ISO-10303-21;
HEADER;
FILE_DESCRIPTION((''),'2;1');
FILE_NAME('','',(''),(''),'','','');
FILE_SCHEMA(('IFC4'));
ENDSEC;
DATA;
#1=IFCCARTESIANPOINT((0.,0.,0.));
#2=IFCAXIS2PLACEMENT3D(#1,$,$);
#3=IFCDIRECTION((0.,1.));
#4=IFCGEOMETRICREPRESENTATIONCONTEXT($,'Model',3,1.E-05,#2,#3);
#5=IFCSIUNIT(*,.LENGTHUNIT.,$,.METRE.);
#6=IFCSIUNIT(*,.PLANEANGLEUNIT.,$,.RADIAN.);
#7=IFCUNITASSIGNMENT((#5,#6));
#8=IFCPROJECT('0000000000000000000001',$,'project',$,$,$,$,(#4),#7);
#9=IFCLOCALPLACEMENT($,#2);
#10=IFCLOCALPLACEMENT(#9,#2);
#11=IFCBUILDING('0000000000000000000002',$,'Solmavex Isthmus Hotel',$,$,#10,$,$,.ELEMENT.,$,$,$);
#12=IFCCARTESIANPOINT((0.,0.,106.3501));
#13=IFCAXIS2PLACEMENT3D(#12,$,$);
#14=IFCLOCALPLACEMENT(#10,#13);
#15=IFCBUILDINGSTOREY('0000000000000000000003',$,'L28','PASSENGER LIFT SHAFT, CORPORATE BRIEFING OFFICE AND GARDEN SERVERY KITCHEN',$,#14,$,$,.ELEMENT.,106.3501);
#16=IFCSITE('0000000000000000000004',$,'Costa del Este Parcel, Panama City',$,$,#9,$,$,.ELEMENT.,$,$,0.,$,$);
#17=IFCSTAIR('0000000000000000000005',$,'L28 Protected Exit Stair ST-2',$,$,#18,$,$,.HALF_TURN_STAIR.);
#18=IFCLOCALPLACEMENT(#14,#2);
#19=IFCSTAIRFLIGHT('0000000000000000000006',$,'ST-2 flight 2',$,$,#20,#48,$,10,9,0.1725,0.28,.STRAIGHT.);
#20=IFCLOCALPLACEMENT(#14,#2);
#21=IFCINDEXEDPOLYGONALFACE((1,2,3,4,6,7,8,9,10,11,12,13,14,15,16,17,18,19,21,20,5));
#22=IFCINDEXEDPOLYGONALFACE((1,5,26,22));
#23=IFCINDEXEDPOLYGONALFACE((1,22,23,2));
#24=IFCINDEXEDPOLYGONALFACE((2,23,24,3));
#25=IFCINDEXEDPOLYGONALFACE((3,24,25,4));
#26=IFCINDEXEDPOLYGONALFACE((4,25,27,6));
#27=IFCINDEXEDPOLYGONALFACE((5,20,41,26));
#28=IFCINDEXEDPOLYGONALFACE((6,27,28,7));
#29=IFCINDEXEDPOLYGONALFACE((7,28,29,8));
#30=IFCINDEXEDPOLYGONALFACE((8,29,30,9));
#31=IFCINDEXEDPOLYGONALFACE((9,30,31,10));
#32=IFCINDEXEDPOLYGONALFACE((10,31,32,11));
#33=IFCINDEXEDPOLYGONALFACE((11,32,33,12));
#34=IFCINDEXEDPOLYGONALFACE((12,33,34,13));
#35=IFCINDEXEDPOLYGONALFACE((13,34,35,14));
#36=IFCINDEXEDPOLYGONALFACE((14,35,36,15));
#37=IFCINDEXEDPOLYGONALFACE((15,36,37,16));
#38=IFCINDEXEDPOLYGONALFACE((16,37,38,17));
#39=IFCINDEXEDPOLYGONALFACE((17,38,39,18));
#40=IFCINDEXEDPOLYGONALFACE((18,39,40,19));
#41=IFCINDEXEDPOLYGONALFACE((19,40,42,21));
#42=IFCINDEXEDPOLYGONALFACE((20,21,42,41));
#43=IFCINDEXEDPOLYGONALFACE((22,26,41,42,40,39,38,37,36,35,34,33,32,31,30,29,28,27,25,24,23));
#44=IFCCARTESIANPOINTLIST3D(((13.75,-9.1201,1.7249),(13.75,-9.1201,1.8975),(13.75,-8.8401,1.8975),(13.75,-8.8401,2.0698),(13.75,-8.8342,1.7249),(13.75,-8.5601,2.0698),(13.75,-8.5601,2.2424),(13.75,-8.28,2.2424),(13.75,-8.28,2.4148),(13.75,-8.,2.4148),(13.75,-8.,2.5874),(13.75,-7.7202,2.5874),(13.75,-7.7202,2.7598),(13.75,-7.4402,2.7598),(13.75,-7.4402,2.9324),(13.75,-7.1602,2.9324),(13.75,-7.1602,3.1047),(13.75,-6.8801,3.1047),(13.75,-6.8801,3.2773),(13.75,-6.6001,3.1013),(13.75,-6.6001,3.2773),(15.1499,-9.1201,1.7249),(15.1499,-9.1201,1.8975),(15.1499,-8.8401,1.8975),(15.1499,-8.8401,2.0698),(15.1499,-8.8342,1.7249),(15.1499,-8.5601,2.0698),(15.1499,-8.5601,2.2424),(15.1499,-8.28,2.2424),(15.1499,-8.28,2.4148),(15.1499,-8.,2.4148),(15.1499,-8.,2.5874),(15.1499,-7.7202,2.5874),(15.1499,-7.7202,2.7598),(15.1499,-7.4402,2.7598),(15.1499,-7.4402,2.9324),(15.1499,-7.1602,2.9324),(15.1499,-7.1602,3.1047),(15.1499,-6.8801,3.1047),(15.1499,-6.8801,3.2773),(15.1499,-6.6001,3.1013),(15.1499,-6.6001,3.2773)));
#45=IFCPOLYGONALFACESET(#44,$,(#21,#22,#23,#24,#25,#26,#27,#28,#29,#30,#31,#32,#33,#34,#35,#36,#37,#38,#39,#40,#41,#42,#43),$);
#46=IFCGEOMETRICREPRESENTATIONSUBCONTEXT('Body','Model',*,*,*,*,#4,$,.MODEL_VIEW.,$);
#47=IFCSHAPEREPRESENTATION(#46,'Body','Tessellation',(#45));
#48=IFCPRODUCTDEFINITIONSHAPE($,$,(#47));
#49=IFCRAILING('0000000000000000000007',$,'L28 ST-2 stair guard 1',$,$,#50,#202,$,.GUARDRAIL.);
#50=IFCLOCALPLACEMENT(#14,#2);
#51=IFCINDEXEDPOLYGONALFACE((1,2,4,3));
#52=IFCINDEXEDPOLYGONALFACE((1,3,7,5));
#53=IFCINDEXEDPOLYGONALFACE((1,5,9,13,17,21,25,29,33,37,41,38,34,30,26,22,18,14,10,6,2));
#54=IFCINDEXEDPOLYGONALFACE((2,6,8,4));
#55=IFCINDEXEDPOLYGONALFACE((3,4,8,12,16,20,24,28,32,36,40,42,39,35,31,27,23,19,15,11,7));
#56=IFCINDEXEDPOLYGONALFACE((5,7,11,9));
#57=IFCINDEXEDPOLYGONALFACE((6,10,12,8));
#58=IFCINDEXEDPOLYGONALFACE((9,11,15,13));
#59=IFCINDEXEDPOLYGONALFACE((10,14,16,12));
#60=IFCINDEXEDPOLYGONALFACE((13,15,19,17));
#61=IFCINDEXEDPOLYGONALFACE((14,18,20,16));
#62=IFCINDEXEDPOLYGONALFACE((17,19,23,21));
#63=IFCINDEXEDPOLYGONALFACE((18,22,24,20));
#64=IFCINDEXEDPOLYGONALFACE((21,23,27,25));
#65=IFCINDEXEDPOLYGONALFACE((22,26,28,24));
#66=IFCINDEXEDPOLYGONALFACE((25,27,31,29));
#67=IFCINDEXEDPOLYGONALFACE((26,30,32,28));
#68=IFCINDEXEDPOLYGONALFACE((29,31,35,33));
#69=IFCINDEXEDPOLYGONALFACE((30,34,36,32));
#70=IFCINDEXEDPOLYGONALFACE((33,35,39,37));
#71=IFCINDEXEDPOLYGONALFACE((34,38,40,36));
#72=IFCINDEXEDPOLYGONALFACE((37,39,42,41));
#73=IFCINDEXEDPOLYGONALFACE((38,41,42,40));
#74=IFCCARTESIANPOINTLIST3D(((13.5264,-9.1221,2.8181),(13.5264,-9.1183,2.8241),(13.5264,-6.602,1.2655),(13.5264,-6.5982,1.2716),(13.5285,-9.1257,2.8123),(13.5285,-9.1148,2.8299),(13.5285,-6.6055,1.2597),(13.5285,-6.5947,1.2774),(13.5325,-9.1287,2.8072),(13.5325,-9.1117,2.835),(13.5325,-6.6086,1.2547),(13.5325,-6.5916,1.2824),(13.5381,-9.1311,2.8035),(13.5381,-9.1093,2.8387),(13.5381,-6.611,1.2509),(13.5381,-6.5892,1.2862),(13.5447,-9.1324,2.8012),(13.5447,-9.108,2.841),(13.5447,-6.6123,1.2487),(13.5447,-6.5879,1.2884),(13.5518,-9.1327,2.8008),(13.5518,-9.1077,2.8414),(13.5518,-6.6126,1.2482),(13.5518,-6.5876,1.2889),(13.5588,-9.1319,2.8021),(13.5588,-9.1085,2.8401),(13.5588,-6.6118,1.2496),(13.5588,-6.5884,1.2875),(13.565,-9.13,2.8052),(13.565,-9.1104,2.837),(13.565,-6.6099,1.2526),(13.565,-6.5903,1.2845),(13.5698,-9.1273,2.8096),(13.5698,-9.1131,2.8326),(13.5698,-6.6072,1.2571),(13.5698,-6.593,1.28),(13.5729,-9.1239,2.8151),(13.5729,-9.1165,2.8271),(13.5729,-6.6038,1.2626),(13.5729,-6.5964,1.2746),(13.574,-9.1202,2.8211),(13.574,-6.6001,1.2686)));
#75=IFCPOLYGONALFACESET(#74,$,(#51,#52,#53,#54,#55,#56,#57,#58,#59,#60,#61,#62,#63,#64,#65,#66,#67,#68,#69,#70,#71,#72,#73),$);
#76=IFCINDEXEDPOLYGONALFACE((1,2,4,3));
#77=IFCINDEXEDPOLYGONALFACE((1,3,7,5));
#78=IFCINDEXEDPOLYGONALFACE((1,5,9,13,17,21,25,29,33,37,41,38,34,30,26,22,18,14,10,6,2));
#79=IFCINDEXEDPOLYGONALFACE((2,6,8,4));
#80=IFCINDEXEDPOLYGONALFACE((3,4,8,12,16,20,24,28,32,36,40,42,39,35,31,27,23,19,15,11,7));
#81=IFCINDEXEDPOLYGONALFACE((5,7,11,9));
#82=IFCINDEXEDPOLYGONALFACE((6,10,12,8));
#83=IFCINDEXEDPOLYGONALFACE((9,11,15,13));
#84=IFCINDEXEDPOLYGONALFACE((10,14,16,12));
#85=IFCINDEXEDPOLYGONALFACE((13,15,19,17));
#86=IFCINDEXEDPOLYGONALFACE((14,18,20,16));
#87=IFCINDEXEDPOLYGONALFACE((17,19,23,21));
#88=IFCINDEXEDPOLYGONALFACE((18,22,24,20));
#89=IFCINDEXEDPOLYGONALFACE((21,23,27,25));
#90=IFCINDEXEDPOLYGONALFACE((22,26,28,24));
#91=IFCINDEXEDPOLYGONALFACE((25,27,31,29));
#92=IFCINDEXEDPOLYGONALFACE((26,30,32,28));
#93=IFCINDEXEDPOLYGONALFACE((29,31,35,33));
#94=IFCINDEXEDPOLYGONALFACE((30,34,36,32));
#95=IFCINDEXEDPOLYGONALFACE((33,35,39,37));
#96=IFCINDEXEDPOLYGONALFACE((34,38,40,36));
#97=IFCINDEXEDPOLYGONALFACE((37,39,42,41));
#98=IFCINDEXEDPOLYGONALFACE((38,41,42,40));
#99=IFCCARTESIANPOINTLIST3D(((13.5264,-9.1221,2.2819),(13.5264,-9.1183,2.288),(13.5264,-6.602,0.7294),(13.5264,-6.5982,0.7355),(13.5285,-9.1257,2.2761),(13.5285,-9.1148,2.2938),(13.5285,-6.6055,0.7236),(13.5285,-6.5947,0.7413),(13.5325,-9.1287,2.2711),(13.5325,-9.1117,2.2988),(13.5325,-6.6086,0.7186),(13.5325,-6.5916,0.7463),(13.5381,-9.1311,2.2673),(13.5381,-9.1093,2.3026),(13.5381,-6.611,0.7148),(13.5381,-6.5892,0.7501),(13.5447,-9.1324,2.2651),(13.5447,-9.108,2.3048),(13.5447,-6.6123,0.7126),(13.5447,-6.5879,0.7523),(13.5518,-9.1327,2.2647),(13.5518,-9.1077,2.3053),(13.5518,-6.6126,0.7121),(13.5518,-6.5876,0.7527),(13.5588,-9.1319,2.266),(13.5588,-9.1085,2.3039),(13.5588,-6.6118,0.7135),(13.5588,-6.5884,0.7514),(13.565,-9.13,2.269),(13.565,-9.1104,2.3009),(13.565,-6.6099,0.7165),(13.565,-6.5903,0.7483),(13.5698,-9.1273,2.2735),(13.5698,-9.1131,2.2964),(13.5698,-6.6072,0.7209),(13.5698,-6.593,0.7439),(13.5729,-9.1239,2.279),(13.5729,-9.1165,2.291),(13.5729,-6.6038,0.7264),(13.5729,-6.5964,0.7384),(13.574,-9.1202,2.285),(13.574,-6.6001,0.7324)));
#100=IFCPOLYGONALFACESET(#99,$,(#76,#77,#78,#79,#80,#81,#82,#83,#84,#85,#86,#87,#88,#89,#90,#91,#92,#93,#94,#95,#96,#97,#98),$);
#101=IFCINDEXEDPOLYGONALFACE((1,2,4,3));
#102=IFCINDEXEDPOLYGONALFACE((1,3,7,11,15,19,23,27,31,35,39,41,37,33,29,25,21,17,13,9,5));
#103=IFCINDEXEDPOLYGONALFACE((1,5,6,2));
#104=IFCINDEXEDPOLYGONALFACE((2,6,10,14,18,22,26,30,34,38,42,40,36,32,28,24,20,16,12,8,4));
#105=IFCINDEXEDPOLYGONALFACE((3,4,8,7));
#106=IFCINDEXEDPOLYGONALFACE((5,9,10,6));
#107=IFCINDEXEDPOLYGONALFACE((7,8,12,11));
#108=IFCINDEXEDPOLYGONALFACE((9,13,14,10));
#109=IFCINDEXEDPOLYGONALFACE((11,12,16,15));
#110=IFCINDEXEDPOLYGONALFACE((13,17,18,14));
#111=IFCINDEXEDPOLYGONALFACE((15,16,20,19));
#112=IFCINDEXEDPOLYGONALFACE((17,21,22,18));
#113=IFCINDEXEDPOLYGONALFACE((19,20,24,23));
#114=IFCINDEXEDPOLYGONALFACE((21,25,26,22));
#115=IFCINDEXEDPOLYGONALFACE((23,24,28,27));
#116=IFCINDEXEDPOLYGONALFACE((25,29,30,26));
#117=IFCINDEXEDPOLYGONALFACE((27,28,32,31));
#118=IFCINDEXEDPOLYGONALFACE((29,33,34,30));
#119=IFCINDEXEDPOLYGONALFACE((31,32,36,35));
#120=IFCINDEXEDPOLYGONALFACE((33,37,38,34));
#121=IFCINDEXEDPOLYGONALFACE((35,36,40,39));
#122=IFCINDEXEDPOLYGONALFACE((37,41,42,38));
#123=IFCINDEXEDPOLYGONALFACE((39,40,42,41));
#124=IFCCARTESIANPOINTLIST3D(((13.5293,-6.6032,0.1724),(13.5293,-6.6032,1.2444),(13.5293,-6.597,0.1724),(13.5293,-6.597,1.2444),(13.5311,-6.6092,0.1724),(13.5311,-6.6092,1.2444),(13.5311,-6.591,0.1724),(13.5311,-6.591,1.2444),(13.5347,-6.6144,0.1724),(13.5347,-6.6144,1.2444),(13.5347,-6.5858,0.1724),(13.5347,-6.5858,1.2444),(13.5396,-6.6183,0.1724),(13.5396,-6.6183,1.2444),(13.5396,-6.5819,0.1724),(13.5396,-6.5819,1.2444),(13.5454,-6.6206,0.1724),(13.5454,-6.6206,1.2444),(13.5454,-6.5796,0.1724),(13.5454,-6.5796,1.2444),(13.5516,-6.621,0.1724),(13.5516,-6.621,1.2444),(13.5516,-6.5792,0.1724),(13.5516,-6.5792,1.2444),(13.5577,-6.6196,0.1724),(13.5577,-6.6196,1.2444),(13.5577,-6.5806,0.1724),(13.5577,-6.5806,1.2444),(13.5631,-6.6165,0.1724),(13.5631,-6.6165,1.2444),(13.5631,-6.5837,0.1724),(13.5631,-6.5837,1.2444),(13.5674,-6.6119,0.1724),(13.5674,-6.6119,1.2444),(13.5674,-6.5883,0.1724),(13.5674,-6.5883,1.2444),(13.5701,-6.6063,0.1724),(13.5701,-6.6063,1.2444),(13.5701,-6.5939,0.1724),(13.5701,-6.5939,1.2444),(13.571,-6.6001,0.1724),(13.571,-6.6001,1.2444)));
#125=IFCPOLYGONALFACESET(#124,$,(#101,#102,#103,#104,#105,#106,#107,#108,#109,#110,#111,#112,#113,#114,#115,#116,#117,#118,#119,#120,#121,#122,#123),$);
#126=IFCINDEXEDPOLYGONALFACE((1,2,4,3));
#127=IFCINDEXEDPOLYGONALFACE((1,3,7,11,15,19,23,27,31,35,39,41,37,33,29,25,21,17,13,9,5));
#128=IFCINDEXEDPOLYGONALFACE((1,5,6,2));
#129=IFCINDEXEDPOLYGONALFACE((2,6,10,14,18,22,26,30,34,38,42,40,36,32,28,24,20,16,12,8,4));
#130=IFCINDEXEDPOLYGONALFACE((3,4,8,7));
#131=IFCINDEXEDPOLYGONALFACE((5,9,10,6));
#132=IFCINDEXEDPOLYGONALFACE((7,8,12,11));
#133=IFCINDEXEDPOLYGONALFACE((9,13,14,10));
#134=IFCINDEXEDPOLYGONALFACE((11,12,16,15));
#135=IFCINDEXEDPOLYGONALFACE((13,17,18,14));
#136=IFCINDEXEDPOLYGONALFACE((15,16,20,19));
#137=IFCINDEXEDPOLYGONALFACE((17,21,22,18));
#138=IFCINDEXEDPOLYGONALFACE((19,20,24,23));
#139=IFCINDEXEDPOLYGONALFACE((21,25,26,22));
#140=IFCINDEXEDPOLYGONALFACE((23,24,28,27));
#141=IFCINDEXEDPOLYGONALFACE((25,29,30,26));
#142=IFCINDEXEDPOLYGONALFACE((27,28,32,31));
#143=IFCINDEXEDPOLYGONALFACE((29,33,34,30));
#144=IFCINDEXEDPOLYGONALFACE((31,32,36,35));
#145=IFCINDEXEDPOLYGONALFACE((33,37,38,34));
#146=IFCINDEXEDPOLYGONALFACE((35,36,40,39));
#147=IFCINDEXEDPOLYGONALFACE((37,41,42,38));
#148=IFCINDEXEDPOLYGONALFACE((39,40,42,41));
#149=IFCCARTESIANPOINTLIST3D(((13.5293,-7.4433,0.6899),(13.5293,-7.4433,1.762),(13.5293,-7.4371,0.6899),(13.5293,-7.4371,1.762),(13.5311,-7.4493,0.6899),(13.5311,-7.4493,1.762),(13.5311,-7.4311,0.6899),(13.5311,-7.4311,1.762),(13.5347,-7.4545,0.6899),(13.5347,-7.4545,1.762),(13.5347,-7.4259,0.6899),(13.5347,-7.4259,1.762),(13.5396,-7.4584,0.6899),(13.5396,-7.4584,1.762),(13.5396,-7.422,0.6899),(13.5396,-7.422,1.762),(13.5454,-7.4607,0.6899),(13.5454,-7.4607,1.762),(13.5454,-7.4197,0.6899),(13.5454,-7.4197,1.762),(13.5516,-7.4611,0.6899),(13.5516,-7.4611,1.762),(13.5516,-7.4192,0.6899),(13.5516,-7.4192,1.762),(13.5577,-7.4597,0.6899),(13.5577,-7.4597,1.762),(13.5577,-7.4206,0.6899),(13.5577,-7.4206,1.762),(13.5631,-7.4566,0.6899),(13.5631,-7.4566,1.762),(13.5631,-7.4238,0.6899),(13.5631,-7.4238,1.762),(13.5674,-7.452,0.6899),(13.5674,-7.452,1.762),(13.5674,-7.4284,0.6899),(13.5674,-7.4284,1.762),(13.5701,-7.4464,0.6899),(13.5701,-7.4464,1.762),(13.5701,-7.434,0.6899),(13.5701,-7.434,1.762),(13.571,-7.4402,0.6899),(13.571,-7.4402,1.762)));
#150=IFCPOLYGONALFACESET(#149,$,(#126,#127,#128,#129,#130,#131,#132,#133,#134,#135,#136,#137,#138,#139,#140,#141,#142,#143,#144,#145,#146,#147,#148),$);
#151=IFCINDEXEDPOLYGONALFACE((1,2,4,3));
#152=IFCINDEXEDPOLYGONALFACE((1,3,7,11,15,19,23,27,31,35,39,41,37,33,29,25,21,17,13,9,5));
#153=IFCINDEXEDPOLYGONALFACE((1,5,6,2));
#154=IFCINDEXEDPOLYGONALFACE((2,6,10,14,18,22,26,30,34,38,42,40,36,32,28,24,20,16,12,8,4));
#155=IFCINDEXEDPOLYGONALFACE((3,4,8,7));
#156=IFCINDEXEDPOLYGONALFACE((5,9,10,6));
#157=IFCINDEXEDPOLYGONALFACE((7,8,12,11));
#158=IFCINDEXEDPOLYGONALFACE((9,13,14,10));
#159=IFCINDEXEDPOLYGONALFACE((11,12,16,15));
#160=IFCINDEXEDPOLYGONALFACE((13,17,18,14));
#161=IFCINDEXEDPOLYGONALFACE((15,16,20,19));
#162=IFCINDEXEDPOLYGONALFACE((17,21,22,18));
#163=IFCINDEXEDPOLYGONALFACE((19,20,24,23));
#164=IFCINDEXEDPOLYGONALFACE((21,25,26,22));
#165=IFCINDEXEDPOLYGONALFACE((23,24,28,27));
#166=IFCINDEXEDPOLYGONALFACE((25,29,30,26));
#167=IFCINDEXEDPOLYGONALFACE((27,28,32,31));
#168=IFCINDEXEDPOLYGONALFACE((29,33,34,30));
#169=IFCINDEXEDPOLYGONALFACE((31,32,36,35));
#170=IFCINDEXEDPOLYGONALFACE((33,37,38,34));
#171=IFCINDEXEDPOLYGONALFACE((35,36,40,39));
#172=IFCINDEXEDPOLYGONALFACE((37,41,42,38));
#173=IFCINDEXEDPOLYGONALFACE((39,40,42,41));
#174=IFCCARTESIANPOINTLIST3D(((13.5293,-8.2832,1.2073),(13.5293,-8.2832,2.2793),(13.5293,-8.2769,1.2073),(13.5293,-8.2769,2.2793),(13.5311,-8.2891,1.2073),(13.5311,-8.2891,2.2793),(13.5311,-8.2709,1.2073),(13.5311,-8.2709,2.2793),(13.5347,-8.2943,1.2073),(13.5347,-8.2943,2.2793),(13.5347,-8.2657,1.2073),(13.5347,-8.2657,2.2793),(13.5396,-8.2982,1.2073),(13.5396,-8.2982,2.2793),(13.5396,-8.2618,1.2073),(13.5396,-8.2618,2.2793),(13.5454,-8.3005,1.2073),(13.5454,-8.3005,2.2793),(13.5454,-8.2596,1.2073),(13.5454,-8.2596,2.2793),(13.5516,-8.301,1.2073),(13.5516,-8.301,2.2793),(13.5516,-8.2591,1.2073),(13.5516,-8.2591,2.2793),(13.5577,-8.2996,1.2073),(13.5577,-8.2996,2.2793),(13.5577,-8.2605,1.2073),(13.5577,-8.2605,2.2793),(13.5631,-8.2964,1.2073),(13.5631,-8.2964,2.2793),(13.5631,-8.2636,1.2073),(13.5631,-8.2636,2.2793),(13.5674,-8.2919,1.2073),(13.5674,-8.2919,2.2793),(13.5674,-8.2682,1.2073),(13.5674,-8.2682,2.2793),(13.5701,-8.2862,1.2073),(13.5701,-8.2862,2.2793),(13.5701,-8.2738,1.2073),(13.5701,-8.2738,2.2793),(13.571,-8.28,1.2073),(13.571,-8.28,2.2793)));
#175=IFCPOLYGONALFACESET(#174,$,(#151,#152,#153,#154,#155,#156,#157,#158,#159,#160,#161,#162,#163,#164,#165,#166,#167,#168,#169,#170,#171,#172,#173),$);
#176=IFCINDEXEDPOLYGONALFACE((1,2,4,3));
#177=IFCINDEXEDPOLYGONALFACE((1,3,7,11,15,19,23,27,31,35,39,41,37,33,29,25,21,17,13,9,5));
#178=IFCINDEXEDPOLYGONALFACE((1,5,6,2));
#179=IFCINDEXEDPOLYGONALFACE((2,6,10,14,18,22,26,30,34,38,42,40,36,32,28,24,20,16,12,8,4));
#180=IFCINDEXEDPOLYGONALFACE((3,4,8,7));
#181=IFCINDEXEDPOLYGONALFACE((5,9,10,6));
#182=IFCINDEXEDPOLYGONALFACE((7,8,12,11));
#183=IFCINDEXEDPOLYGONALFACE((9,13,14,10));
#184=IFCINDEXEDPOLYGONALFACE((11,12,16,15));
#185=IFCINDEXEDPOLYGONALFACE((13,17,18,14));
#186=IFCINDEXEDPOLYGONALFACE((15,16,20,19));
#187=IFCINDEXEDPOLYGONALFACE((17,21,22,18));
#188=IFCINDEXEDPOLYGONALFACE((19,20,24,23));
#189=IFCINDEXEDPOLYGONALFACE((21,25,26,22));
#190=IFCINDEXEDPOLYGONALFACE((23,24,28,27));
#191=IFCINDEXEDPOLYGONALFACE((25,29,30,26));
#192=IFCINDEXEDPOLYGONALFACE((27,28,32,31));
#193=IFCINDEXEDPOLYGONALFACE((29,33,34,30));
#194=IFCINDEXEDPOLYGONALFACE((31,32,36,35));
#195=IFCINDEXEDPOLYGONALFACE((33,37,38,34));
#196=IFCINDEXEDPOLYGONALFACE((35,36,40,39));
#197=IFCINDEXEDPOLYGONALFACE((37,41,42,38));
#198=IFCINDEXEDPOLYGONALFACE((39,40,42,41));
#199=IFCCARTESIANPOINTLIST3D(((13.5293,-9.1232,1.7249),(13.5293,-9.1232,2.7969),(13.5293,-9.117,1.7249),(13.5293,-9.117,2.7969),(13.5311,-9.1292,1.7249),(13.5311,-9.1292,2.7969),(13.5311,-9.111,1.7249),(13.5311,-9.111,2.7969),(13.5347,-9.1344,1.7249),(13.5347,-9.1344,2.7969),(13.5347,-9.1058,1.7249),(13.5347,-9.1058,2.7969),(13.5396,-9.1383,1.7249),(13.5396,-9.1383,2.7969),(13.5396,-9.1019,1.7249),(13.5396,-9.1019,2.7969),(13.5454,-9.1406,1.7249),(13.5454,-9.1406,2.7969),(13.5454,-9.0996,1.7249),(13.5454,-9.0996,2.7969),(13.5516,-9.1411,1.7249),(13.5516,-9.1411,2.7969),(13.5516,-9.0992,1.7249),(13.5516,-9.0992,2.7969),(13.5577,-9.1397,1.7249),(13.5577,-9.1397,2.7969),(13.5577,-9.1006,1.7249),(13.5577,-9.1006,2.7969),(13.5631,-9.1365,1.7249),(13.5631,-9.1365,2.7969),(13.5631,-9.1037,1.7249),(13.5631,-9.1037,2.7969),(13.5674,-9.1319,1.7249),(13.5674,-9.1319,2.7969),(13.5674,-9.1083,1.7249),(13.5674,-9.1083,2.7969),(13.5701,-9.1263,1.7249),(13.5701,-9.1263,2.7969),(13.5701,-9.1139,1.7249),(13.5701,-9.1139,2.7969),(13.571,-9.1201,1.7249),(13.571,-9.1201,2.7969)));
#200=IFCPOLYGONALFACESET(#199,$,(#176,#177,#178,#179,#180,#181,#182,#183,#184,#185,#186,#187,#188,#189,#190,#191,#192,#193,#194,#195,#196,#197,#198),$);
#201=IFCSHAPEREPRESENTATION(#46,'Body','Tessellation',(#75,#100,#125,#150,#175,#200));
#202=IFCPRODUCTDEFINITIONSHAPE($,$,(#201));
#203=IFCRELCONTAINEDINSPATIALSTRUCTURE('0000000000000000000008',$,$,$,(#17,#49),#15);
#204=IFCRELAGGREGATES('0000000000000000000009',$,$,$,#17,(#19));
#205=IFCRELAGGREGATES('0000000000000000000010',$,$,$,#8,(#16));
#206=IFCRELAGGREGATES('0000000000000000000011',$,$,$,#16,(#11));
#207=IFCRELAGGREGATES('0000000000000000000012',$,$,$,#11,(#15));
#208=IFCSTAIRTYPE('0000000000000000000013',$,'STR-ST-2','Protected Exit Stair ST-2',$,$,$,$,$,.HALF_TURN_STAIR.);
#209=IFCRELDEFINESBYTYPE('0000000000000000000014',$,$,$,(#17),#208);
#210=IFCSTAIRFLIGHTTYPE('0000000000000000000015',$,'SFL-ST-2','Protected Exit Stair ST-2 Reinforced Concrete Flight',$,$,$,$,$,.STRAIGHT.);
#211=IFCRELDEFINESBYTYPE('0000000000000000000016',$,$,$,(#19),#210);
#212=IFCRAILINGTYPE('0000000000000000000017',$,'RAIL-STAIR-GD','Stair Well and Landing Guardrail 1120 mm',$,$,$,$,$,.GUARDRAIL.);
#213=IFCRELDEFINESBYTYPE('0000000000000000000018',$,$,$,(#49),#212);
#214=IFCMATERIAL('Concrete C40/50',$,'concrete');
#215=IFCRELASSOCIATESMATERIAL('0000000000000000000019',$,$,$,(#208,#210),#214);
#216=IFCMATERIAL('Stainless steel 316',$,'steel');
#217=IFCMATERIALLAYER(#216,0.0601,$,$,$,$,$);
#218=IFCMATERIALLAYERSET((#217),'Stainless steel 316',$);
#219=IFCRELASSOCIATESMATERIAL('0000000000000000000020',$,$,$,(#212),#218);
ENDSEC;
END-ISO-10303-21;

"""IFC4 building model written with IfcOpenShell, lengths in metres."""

from ifc_helpers import new_model, si_unit, direction, frame, origin, origin_2d, place, context, subcontext, project, spatial, polyline, circle, outline, extrude, material, layer, layer_set, type_object, element, aggregate, save


model = new_model("IFC4")

# Units and contexts
model_context = context("Model", 3, precision=1e-05, world=origin(), true_north=direction((0.0, 1.0)))
body_context = subcontext(model_context, "Body", "Model", "MODEL_VIEW")
ifc_project = project(units=[si_unit("LENGTHUNIT", "METRE"), si_unit("PLANEANGLEUNIT", "RADIAN")], contexts=[model_context])

# Site, building, storey
site_placement = place(None, origin())
site = spatial("IfcSite", under=ifc_project, at=site_placement, Name="Costa del Este Parcel, Panama City", CompositionType="ELEMENT", RefElevation=0.0)
building_placement = place(site_placement, origin())
building = spatial("IfcBuilding", under=site, at=building_placement, Name="Solmavex Isthmus Hotel", CompositionType="ELEMENT")
storey_placement = place(building_placement, frame((0.0, 0.0, 106.3501)))
storey = spatial("IfcBuildingStorey", under=building, at=storey_placement, Name="L28", Description="PASSENGER LIFT SHAFT, CORPORATE BRIEFING OFFICE AND GARDEN SERVERY KITCHEN", CompositionType="ELEMENT", Elevation=106.3501)

# Shared definitions
ifc_material_1 = material(Name="Concrete C40/50", Category="concrete")

# Stair, stair flight
stair_type = type_object("IfcStairType", Name="STR-ST-2", Description="Protected Exit Stair ST-2", PredefinedType="HALF_TURN_STAIR", material=ifc_material_1)
stair_placement = place(storey_placement, origin())
stair = element("IfcStair", 1, at=stair_placement, inside=storey, type_object=stair_type, Name="L28 Protected Exit Stair ST-2", PredefinedType="HALF_TURN_STAIR")
stair_flight_type = type_object("IfcStairFlightType", Name="SFL-ST-2", Description="Protected Exit Stair ST-2 Reinforced Concrete Flight", PredefinedType="STRAIGHT", material=ifc_material_1)
stair_flight_placement = place(storey_placement, frame((14.45, -9.1201, 1.7249), z_axis=(0.0, 0.0, 1.0), x_axis=(0.0, 1.0, 0.0)))
stair_flight = element("IfcStairFlight", 2, at=stair_flight_placement, type_object=stair_flight_type, Name="ST-2 flight 2", NumberOfRisers=10, NumberOfTreads=9, PredefinedType="STRAIGHT", RiserHeight=0.1725, TreadLength=0.28, context=body_context, shape_type="SweptSolid", body=[
    extrude(outline(polyline([(0.0, 0.0), (0.0, 0.1726), (0.28, 0.1726), (0.28, 0.345), (0.5601, 0.345), (0.5601, 0.5176), (0.8401, 0.5176), (0.8401, 0.6899), (1.1201, 0.6899), (1.1201, 0.8625), (1.3999, 0.8625), (1.3999, 1.0349), (1.6799, 1.0349), (1.6799, 1.2075), (1.96, 1.2075), (1.96, 1.3799), (2.24, 1.3799), (2.24, 1.5525), (2.52, 1.5525), (2.52, 1.7251), (2.52, 1.3765), (0.2859, 0.0), (0.0, 0.0)])), frame((0.0, 0.7, 0.0), z_axis=(0.0, -1.0, 0.0), x_axis=(1.0, 0.0, 0.0)), (0.0, 0.0, 1.0), 1.3999),
])
aggregate(stair, [stair_flight])

# Railing
ifc_material_2 = material(Name="Stainless steel 316", Category="steel")
ifc_layer_1 = layer(ifc_material_2, 0.0601)
ifc_layer_set_1 = layer_set([ifc_layer_1], Name="Stainless steel 316")
railing_type_1 = type_object("IfcRailingType", Name="RAIL-STAIR-GD", Description="Stair Well and Landing Guardrail 1120 mm", PredefinedType="GUARDRAIL", material=ifc_layer_set_1)
railing_1_placement = place(storey_placement, frame((13.55, -6.6001, 0.1724)))
element("IfcRailing", 3, at=railing_1_placement, inside=storey, type_object=railing_type_1, Name="L28 ST-2 stair guard 1", PredefinedType="GUARDRAIL", context=body_context, shape_type="SweptSolid", body=[
    extrude(circle(Radius=0.0239, at=origin_2d()), frame((0.0, 0.0, 1.0962), z_axis=(0.0, -0.8514, 0.524516), x_axis=(1.0, 0.0, 0.0)), (0.0, 0.0, 1.0), 2.96),
    extrude(circle(Radius=0.0239, at=origin_2d()), frame((0.0, 0.0, 0.5601), z_axis=(0.0, -0.8514, 0.524516), x_axis=(1.0, 0.0, 0.0)), (0.0, 0.0, 1.0), 2.96),
    extrude(circle(Radius=0.021, at=origin_2d()), origin(), (0.0, 0.0, 1.0), 1.072),
    extrude(circle(Radius=0.021, at=origin_2d()), frame((0.0, -0.8401, 0.5176)), (0.0, 0.0, 1.0), 1.072),
    extrude(circle(Radius=0.021, at=origin_2d()), frame((0.0, -1.6799, 1.0349)), (0.0, 0.0, 1.0), 1.072),
    extrude(circle(Radius=0.021, at=origin_2d()), frame((0.0, -2.52, 1.5525)), (0.0, 0.0, 1.0), 1.072),
])

save(model, "model.ifc")
